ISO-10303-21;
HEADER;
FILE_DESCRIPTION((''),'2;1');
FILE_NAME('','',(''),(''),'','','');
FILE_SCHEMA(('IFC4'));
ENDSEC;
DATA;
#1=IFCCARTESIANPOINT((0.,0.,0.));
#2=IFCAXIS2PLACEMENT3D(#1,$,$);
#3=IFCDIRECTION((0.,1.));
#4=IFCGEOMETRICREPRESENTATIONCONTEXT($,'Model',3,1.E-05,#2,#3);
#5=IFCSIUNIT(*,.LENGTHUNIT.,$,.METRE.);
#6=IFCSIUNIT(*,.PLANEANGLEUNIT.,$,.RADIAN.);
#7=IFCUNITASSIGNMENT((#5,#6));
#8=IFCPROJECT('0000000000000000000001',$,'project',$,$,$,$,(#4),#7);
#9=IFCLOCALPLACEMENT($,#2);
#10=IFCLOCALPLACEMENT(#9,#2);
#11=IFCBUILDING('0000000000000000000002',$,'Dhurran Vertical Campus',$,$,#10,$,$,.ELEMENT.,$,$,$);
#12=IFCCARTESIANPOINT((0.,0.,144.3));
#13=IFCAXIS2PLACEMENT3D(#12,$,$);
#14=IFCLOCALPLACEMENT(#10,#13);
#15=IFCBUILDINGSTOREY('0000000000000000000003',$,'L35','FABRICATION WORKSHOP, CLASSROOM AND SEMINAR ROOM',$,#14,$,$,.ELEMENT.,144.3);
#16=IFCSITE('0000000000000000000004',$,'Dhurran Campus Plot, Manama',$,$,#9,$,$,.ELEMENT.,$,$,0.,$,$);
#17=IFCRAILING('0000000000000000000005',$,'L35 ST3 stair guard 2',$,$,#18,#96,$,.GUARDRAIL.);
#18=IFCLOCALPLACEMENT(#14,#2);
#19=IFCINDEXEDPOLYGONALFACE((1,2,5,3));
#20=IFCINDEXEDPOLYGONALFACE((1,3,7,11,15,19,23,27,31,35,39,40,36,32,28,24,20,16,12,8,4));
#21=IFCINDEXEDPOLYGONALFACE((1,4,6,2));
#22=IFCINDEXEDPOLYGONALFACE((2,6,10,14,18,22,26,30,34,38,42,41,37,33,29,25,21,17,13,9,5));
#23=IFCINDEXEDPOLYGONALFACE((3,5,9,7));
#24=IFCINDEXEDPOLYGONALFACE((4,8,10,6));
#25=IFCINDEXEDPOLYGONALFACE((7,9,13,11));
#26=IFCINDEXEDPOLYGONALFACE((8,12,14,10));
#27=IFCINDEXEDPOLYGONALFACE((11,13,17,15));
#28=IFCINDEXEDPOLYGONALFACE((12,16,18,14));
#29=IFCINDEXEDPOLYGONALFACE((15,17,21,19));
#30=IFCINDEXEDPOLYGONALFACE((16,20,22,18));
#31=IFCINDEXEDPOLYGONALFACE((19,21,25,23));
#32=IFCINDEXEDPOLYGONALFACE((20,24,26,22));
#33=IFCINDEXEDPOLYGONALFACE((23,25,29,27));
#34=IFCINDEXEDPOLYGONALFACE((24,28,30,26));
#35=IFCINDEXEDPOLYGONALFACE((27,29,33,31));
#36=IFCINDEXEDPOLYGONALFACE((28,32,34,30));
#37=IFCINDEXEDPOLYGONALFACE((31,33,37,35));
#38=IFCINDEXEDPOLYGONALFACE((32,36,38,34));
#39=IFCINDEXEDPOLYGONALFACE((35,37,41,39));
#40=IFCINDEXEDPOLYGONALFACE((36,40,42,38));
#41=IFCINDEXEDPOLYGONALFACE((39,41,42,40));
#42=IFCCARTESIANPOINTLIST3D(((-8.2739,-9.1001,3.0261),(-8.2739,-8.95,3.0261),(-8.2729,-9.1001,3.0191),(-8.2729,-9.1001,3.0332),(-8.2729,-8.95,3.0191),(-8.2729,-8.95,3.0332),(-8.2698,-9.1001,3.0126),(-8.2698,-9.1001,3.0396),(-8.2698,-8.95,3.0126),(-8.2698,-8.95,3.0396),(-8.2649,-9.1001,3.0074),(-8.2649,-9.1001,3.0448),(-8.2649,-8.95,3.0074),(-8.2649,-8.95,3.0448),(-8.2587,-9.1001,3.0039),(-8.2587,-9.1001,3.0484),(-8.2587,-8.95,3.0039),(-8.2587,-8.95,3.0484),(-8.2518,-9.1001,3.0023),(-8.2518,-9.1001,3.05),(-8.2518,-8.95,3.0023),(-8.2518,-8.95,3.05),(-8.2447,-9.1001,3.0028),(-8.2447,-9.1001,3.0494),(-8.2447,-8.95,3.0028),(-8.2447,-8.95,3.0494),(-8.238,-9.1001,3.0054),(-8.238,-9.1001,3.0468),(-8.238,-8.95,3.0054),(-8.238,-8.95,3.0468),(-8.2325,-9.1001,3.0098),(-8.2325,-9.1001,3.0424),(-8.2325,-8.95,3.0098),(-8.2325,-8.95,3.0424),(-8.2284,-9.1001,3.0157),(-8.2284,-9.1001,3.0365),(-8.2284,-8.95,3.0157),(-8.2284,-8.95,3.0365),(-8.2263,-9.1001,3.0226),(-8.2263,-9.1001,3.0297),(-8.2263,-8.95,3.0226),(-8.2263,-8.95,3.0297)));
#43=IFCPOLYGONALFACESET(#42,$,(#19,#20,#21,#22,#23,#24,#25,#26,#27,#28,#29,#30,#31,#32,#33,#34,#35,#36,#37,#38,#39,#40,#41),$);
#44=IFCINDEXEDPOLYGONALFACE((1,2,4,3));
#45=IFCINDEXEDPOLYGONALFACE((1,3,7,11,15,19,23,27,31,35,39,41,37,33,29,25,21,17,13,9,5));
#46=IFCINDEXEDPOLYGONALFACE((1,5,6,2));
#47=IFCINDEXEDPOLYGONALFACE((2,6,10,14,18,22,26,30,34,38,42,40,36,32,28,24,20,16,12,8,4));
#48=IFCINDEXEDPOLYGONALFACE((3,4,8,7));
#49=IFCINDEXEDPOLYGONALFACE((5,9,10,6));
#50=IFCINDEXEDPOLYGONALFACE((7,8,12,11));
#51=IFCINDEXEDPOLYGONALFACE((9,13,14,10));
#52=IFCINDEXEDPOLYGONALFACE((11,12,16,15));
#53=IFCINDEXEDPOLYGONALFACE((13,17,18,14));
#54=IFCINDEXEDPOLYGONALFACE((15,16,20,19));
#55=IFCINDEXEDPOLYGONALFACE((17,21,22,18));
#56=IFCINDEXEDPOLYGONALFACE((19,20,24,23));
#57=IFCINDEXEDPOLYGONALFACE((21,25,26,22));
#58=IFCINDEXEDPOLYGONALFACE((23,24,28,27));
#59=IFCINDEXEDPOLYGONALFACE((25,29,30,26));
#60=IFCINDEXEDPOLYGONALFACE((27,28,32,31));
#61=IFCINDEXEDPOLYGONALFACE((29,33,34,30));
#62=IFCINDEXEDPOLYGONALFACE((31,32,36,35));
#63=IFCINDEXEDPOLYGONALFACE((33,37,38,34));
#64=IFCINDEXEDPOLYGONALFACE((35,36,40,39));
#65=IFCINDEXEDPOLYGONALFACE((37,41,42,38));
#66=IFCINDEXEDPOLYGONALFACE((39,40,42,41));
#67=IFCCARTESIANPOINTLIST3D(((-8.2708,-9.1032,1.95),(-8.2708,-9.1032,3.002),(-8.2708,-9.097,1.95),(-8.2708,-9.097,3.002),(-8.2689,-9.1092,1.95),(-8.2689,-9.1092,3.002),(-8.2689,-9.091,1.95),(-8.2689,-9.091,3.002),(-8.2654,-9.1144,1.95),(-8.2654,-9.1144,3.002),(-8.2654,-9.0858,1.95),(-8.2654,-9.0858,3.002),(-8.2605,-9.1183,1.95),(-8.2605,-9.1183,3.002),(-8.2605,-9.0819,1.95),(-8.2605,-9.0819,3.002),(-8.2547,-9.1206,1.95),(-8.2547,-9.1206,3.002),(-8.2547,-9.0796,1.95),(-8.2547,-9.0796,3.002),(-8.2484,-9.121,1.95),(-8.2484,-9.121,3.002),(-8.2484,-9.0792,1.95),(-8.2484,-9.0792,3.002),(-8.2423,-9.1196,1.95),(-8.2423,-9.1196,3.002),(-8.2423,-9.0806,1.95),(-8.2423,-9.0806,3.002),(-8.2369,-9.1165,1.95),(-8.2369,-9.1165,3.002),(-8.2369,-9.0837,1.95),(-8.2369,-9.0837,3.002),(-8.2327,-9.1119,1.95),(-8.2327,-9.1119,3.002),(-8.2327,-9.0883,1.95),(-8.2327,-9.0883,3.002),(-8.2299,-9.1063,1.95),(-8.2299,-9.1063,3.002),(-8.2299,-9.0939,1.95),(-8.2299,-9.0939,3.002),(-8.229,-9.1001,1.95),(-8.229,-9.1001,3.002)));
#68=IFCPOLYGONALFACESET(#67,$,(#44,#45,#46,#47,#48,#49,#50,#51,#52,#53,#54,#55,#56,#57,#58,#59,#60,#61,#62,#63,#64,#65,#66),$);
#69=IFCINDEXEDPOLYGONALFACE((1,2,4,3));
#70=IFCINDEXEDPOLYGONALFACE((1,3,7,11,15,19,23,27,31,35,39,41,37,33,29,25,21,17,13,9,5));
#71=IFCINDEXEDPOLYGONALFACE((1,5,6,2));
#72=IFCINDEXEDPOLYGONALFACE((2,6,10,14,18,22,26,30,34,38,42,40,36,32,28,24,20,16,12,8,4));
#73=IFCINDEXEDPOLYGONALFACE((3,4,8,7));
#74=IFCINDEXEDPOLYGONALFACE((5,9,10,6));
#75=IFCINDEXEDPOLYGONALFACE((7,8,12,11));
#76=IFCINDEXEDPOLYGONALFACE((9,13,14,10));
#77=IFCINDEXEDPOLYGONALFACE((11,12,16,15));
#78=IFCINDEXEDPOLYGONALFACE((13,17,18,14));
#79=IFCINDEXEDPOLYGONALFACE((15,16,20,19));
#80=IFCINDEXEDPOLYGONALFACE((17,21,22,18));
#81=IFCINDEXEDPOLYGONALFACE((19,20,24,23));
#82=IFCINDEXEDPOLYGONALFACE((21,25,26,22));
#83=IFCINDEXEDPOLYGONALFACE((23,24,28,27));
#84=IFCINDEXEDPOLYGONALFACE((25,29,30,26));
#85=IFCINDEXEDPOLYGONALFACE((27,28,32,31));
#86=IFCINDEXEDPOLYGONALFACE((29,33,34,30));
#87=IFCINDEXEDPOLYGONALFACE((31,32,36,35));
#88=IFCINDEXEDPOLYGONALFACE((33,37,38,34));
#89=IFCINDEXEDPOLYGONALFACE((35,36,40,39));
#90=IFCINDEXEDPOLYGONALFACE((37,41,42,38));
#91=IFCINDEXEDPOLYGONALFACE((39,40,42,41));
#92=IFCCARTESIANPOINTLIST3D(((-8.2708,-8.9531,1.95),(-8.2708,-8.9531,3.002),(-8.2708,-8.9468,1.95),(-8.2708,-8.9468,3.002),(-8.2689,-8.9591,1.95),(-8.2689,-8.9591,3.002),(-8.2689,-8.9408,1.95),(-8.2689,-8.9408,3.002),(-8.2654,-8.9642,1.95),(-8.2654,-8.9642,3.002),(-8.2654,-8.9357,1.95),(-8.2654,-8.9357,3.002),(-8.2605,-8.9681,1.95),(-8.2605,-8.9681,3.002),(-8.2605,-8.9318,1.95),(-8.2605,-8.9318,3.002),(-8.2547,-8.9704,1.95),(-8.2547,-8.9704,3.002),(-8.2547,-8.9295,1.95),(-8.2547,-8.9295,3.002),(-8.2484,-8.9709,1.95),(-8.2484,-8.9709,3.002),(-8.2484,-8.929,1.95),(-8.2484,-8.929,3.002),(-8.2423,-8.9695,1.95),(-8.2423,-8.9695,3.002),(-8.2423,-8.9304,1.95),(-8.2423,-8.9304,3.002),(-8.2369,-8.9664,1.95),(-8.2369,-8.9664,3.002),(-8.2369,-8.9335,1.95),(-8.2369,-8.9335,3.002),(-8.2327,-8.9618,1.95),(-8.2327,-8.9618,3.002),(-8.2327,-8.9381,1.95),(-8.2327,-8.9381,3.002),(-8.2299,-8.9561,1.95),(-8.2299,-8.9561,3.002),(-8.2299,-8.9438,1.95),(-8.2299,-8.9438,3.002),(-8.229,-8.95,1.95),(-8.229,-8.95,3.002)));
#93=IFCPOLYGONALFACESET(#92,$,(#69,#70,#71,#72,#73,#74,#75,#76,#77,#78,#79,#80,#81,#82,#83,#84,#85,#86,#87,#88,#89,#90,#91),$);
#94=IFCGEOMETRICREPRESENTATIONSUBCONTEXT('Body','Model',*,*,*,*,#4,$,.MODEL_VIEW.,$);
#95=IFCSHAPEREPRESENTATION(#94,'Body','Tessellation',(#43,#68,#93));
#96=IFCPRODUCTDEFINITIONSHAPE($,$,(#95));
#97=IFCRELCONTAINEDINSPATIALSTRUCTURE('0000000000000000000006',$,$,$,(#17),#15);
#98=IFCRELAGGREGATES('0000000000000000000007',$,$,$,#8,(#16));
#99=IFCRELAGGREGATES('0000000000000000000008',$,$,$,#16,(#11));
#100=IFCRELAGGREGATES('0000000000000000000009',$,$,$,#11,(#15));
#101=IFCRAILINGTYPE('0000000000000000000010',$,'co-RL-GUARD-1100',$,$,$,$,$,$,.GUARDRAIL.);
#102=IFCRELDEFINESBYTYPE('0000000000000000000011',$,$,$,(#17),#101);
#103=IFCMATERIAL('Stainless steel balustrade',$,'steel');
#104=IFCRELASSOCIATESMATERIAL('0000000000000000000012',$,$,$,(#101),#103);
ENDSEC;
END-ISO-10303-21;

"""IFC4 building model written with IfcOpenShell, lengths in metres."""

from ifc_helpers import new_model, si_unit, direction, frame, origin, origin_2d, place, context, subcontext, project, spatial, circle, extrude, material, type_object, element, save


model = new_model("IFC4")

# Units and contexts
model_context = context("Model", 3, precision=1e-05, world=origin(), true_north=direction((0.0, 1.0)))
body_context = subcontext(model_context, "Body", "Model", "MODEL_VIEW")
ifc_project = project(units=[si_unit("LENGTHUNIT", "METRE"), si_unit("PLANEANGLEUNIT", "RADIAN")], contexts=[model_context])

# Site, building, storey
site_placement = place(None, origin())
site = spatial("IfcSite", under=ifc_project, at=site_placement, Name="Dhurran Campus Plot, Manama", CompositionType="ELEMENT", RefElevation=0.0)
building_placement = place(site_placement, origin())
building = spatial("IfcBuilding", under=site, at=building_placement, Name="Dhurran Vertical Campus", CompositionType="ELEMENT")
storey_placement = place(building_placement, frame((0.0, 0.0, 144.3)))
storey = spatial("IfcBuildingStorey", under=building, at=storey_placement, Name="L35", Description="FABRICATION WORKSHOP, CLASSROOM AND SEMINAR ROOM", CompositionType="ELEMENT", Elevation=144.3)

# Railing
ifc_material_1 = material(Name="Stainless steel balustrade", Category="steel")
railing_type_1 = type_object("IfcRailingType", Name="co-RL-GUARD-1100", PredefinedType="GUARDRAIL", material=ifc_material_1)
railing_1_placement = place(storey_placement, frame((-8.25, -9.1001, 1.95)))
element("IfcRailing", 1, at=railing_1_placement, inside=storey, type_object=railing_type_1, Name="L35 ST3 stair guard 2", PredefinedType="GUARDRAIL", context=body_context, shape_type="SweptSolid", body=[
    extrude(circle(Radius=0.0239, at=origin_2d()), frame((0.0, 0.0, 1.0762), z_axis=(0.0, 1.0, 0.0), x_axis=(-1.0, 0.0, 0.0)), (0.0, 0.0, 1.0), 0.1501),
    extrude(circle(Radius=0.021, at=origin_2d()), origin(), (0.0, 0.0, 1.0), 1.052),
    extrude(circle(Radius=0.021, at=origin_2d()), frame((0.0, 0.1501, 0.0)), (0.0, 0.0, 1.0), 1.052),
])

save(model, "model.ifc")
